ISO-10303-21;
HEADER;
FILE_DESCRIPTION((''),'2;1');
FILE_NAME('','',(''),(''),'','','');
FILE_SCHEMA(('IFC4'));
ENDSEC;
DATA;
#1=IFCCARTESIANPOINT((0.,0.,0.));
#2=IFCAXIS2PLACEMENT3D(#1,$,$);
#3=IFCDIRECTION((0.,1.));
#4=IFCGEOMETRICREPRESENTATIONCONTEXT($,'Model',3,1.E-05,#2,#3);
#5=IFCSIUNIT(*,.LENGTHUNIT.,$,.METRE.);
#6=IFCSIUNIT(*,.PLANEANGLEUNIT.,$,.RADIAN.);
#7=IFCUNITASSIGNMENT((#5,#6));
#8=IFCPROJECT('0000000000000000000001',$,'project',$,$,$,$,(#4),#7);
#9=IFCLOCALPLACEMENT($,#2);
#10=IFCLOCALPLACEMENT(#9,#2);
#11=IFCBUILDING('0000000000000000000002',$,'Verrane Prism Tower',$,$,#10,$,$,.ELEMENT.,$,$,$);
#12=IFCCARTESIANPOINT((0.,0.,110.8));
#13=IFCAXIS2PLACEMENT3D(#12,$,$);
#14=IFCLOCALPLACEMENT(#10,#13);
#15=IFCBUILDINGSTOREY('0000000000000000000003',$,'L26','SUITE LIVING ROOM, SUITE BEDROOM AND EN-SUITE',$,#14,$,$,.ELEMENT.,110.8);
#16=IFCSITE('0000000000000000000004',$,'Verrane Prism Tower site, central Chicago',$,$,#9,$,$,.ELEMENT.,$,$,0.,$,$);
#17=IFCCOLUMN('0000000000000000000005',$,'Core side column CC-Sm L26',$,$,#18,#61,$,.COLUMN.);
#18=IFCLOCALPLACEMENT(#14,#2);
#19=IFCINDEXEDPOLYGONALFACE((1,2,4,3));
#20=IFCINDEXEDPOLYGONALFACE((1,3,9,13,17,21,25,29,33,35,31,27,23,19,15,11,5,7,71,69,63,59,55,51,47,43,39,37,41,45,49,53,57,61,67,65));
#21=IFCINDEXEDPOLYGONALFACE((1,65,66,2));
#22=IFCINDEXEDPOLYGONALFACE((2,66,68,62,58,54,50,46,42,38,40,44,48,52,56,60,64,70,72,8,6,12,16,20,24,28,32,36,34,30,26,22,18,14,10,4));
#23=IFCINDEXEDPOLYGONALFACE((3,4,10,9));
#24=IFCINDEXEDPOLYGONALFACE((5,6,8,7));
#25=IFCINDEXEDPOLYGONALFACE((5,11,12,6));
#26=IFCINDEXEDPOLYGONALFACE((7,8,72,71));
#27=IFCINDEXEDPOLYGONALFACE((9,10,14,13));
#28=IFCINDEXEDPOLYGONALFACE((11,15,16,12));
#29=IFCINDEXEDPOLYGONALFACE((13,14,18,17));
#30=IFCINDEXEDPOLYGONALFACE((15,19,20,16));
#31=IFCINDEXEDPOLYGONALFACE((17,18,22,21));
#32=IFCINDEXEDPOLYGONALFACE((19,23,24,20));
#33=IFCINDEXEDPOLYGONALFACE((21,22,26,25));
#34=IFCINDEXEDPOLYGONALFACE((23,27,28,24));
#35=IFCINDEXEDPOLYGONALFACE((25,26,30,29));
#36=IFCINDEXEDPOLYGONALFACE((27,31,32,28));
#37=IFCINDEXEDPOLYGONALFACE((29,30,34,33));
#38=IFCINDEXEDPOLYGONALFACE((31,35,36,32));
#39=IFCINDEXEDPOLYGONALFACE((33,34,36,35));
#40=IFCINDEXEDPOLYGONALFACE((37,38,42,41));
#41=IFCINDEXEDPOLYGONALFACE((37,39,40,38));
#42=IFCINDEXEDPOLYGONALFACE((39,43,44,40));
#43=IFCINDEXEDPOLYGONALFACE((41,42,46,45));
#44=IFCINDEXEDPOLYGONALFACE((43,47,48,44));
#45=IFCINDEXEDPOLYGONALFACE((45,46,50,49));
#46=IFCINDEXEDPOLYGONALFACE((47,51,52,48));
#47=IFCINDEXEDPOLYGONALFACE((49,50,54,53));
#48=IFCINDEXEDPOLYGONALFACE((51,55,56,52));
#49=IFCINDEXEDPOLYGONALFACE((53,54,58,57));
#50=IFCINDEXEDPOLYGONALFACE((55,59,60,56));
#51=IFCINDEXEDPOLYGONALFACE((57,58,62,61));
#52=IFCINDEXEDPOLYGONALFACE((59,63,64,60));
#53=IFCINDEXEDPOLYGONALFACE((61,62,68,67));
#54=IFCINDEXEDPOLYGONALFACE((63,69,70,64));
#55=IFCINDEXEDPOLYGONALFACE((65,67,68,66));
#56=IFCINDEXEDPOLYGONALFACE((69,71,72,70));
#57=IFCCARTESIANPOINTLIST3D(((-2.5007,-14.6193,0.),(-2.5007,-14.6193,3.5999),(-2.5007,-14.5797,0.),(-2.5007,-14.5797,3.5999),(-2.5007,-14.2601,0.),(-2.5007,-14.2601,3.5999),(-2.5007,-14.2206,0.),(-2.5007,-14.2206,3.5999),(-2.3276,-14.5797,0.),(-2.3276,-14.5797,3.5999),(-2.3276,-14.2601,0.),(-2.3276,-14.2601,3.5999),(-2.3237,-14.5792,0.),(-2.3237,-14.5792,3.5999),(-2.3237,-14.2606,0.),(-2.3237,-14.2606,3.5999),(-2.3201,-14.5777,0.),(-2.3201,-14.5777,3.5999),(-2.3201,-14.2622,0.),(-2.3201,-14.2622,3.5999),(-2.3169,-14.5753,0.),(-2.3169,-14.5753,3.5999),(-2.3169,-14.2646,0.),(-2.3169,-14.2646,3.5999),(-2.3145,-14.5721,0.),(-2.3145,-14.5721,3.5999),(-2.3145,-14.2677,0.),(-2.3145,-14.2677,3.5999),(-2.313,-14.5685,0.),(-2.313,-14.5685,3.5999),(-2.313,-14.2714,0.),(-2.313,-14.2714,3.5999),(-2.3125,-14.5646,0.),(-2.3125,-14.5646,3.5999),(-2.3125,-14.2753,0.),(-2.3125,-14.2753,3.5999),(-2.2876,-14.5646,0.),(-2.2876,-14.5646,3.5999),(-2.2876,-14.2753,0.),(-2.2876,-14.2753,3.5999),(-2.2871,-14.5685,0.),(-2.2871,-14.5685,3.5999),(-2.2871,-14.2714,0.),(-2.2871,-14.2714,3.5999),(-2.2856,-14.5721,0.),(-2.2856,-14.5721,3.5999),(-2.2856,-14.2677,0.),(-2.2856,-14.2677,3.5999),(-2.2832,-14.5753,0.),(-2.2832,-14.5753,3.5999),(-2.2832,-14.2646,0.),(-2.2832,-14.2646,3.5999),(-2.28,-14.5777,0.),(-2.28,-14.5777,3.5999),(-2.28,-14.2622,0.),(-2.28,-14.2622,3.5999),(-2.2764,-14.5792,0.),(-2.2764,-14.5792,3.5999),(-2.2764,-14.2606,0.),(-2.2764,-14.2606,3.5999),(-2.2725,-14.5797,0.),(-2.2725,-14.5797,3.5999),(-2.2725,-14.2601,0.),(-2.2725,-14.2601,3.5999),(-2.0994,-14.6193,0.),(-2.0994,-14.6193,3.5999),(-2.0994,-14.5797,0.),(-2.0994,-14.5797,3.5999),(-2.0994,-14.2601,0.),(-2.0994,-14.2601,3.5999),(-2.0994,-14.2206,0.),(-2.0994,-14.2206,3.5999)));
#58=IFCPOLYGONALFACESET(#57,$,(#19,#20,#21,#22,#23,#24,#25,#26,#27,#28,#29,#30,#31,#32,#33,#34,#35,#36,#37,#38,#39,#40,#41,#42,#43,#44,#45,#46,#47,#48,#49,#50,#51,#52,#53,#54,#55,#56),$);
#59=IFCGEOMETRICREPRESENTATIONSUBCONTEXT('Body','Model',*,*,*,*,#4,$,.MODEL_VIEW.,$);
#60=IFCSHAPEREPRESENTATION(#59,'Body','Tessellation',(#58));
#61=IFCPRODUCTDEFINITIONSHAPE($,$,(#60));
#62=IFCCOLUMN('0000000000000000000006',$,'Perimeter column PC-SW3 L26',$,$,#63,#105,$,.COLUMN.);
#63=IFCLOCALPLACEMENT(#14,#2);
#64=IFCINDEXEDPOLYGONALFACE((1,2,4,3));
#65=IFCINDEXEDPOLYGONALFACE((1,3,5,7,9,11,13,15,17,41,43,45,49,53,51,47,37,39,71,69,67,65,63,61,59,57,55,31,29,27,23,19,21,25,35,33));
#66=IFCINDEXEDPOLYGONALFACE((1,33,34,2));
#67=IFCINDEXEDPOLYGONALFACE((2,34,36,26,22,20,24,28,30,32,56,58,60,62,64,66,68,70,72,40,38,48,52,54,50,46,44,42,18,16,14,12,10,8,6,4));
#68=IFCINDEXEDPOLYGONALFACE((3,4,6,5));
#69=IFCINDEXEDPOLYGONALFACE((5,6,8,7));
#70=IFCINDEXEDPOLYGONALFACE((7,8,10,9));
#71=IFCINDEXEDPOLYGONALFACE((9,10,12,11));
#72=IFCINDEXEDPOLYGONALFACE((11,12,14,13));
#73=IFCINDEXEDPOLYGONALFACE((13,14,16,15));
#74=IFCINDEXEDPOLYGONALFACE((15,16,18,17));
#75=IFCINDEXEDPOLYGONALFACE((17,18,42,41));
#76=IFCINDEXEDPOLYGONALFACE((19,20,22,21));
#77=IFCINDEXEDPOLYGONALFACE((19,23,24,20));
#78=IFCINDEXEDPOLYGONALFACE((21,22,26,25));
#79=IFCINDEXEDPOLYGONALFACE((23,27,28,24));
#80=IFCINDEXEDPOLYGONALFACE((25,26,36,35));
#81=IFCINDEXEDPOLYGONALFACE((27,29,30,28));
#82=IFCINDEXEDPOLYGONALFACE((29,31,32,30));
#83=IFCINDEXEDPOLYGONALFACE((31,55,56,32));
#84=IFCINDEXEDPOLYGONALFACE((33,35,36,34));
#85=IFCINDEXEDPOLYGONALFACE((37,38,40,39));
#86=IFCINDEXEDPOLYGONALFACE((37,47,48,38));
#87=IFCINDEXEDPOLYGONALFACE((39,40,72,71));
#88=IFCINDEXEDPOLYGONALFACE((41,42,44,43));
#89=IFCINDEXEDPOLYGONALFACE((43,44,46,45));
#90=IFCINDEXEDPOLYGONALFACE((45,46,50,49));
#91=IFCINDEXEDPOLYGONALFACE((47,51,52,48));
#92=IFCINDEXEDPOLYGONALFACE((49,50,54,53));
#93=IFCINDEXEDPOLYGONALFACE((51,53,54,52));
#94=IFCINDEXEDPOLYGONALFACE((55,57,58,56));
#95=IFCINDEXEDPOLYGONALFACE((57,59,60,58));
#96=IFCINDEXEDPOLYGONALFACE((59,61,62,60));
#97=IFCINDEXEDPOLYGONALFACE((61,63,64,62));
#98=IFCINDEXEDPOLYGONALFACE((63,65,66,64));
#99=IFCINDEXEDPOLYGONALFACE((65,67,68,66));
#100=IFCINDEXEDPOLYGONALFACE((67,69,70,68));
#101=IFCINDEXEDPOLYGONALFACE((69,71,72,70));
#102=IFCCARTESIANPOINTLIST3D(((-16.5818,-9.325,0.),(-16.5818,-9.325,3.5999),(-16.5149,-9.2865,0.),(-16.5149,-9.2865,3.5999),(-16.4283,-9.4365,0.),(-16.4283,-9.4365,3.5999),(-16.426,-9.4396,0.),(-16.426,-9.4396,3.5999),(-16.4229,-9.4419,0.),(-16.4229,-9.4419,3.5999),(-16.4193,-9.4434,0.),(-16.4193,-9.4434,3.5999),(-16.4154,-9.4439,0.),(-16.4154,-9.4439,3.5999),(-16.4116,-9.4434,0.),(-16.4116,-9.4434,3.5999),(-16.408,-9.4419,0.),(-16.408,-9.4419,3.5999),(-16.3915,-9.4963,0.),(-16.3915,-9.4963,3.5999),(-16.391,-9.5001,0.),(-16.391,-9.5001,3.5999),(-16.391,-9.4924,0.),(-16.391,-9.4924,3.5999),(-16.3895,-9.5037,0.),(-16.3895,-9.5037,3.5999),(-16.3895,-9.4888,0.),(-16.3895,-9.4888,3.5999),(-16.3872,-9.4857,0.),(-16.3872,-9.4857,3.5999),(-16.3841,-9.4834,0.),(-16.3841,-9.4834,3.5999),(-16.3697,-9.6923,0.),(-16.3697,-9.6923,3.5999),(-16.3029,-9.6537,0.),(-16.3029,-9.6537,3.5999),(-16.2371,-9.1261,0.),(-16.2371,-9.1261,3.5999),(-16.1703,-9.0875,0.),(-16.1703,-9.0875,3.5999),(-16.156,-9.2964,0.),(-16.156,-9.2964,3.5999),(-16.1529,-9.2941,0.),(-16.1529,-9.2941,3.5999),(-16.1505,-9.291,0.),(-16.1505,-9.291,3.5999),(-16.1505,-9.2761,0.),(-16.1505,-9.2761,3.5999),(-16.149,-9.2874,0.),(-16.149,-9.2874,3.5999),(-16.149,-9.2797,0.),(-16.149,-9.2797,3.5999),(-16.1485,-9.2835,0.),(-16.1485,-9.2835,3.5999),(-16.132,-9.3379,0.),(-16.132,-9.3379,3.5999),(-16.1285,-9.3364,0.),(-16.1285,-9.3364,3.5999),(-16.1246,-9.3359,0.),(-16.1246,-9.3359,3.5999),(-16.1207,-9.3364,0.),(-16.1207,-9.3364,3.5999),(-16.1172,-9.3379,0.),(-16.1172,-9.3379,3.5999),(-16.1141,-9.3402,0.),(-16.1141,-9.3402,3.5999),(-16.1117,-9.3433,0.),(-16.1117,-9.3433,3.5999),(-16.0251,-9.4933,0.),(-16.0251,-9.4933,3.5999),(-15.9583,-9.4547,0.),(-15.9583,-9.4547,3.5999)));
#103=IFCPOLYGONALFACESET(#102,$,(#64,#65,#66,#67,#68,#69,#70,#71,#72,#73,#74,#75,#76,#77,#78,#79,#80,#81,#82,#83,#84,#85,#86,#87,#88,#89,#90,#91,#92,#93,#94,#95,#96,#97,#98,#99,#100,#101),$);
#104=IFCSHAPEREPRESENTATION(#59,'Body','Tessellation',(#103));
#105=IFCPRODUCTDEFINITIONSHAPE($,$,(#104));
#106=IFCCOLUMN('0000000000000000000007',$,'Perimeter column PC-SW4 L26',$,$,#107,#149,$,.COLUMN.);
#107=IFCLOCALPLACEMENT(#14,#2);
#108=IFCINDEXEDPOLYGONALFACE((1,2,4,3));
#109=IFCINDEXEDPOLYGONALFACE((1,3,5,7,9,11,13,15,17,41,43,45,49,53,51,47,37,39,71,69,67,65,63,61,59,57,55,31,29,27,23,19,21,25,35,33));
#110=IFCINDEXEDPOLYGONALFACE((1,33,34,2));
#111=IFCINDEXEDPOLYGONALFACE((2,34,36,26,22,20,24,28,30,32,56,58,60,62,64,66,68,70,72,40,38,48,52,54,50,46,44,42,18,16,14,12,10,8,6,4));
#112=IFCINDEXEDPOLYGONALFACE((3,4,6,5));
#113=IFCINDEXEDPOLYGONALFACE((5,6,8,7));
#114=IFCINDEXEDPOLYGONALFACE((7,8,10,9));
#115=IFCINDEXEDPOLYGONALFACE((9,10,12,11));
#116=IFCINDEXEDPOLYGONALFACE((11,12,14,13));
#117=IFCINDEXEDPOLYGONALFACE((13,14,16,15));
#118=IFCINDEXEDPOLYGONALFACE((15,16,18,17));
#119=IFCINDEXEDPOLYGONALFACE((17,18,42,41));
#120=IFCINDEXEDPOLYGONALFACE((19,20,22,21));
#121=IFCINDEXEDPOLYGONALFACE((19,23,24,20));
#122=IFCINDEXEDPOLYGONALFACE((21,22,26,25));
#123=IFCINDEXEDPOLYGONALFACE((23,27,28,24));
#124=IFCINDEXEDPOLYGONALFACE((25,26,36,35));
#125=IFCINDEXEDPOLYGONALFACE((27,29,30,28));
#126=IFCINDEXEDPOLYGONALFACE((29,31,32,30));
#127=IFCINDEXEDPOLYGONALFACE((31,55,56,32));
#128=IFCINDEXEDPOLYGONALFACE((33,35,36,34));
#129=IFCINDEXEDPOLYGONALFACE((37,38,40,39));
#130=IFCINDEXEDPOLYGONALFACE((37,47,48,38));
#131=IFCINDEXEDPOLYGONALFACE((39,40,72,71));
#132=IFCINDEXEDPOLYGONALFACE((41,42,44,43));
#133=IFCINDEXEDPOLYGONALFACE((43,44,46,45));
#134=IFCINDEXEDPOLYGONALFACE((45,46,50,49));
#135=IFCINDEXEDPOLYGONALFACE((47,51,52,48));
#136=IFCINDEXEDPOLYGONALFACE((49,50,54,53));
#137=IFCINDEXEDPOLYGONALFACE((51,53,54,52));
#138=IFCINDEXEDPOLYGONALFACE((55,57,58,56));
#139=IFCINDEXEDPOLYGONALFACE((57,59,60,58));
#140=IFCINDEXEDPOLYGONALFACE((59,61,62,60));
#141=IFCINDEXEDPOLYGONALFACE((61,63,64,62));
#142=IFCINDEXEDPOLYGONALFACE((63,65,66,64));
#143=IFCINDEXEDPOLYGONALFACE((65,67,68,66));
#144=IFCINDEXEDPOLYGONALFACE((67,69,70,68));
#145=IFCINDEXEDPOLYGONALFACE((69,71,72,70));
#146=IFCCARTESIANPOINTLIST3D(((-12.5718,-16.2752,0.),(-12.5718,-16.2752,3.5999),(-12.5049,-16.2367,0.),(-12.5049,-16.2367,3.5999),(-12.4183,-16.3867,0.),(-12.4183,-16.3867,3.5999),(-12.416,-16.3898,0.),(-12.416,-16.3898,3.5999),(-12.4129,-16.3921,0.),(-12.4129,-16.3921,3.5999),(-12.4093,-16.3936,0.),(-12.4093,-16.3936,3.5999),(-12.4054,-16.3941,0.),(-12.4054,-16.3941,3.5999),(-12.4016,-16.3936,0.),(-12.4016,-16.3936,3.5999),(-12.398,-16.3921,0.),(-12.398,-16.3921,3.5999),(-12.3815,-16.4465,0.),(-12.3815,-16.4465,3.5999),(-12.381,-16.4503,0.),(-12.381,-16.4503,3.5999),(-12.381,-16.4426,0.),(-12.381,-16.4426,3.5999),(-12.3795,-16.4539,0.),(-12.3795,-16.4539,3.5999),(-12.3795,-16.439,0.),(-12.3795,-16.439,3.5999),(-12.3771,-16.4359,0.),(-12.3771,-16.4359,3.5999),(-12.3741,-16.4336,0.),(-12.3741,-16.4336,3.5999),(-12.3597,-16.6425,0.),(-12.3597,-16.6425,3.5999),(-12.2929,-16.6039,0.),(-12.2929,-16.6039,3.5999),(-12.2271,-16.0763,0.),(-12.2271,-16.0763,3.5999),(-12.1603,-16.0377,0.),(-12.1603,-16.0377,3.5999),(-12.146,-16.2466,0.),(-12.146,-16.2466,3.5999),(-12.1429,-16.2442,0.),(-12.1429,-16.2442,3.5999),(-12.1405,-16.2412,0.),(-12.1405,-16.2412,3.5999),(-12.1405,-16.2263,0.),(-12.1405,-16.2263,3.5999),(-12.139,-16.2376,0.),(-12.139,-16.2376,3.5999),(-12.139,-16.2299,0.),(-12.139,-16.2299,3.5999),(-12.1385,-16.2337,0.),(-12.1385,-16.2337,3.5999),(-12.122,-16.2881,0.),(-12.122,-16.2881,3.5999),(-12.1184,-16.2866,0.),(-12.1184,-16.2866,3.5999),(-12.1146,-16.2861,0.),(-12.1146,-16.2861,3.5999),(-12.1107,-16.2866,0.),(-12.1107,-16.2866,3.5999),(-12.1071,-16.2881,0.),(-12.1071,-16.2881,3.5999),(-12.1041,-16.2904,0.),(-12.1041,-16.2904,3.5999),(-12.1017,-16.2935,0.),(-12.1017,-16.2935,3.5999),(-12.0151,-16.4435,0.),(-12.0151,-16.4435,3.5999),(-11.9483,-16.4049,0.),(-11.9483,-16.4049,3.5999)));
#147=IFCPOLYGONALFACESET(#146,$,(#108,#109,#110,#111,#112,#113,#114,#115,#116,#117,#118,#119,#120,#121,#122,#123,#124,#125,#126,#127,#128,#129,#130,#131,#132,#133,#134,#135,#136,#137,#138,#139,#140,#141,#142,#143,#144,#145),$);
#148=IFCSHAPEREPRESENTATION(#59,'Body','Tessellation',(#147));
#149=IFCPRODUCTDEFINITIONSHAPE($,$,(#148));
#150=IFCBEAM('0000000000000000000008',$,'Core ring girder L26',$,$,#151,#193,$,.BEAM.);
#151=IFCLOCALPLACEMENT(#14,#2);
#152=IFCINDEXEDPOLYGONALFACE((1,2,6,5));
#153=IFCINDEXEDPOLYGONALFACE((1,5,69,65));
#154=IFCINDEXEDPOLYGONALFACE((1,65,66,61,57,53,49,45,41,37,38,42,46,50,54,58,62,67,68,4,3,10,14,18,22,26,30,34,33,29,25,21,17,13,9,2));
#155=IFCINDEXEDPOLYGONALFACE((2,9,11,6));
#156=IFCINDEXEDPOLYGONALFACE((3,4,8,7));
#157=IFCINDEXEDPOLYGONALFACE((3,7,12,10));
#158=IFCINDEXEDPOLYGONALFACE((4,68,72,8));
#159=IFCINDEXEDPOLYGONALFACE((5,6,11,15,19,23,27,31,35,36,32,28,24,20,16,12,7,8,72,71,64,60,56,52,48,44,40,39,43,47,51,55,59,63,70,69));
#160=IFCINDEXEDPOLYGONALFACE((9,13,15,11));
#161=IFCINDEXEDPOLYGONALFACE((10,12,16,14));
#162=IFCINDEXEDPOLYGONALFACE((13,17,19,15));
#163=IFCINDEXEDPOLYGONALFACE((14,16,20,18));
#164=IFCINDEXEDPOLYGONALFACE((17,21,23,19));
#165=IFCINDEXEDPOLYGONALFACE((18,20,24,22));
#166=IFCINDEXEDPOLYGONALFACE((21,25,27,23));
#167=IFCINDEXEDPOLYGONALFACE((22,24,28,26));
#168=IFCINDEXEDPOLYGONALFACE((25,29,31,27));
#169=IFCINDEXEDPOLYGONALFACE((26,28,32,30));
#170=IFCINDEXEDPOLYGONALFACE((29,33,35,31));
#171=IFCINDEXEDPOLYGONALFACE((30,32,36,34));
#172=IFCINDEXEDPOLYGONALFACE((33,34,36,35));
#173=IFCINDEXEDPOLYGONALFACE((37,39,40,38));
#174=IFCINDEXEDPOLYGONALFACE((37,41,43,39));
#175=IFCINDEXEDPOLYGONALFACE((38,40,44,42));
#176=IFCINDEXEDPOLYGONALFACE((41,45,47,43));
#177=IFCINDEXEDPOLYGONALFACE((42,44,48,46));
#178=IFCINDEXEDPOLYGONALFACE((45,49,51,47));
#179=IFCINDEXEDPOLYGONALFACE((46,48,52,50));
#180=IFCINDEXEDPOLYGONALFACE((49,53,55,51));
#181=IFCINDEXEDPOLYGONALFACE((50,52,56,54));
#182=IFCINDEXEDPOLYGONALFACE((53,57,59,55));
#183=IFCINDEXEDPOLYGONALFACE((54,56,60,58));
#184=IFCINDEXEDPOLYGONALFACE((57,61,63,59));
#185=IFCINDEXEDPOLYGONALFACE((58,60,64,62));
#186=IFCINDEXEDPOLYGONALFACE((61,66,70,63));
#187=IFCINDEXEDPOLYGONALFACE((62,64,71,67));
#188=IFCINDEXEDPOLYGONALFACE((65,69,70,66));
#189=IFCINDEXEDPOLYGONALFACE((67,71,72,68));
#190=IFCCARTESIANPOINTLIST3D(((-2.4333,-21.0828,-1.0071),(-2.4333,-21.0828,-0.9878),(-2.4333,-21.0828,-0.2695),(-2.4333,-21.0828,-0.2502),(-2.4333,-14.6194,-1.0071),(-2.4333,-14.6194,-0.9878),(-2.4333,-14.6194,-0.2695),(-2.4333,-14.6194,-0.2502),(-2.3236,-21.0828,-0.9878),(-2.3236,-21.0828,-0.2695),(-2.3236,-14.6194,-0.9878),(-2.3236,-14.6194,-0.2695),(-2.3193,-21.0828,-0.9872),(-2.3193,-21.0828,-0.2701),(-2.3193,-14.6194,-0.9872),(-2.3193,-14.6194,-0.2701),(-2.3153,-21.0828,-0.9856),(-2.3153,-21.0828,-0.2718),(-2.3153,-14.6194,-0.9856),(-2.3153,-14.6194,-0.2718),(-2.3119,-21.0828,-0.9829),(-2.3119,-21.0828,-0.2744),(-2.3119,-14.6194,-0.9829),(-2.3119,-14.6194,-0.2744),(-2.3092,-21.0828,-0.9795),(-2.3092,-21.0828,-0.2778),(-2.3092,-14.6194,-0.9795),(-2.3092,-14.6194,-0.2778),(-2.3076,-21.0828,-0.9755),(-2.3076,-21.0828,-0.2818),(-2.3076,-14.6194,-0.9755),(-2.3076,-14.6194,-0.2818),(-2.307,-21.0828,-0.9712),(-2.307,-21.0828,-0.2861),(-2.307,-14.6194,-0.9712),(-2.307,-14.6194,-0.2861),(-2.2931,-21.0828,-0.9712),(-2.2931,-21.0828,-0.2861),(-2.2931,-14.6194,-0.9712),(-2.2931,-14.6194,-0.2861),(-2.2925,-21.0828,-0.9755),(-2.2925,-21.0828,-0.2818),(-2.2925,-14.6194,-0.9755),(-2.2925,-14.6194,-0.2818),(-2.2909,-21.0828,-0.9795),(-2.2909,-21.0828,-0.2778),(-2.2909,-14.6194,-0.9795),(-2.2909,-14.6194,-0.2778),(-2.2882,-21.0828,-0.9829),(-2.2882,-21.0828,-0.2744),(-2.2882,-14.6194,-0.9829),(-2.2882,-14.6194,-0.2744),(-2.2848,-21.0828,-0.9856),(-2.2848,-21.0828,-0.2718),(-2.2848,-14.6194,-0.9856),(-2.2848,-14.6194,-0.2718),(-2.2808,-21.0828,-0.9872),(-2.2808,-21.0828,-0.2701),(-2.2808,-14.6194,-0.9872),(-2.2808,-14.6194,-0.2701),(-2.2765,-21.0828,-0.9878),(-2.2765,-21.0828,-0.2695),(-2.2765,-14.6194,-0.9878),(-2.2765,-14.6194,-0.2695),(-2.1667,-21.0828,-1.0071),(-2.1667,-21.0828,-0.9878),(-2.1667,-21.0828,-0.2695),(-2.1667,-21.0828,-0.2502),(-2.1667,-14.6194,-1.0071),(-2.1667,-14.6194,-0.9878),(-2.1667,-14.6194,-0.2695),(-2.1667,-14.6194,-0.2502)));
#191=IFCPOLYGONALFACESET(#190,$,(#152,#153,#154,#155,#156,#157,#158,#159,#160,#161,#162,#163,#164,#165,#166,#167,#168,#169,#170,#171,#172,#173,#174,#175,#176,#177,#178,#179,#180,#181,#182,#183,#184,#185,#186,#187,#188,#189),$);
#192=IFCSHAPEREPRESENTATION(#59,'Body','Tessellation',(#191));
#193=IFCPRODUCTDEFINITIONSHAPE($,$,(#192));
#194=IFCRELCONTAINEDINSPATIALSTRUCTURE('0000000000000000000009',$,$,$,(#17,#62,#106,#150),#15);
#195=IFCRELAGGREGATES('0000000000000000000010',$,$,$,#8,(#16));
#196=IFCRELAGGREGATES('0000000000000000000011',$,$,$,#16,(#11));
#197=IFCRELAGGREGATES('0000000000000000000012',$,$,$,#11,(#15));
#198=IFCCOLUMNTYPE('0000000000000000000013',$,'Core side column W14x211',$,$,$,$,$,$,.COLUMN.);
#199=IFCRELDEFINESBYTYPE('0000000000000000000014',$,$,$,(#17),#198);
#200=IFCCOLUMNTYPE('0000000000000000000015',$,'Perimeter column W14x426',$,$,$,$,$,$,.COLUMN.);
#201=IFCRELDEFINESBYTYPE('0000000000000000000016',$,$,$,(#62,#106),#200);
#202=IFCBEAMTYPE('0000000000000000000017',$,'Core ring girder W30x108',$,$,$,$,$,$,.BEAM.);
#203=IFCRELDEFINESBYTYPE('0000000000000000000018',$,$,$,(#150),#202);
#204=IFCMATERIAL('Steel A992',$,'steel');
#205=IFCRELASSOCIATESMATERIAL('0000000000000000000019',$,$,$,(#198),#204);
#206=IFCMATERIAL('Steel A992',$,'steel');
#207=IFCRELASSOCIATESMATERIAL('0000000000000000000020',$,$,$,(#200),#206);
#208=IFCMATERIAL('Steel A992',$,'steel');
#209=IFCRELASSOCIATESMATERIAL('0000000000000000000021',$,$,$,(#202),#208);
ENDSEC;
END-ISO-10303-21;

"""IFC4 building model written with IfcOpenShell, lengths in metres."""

from ifc_helpers import new_model, si_unit, direction, frame, origin, origin_2d, place, context, subcontext, project, spatial, i_section, extrude, material, material_profile, profile_set, type_object, element, save


model = new_model("IFC4")

# Units and contexts
model_context = context("Model", 3, precision=1e-05, world=origin(), true_north=direction((0.0, 1.0)))
body_context = subcontext(model_context, "Body", "Model", "MODEL_VIEW")
ifc_project = project(units=[si_unit("LENGTHUNIT", "METRE"), si_unit("PLANEANGLEUNIT", "RADIAN")], contexts=[model_context])

# Site, building, storey
site_placement = place(None, origin())
site = spatial("IfcSite", under=ifc_project, at=site_placement, Name="Verrane Prism Tower site, central Chicago", CompositionType="ELEMENT", RefElevation=0.0)
building_placement = place(site_placement, origin())
building = spatial("IfcBuilding", under=site, at=building_placement, Name="Verrane Prism Tower", CompositionType="ELEMENT")
storey_placement = place(building_placement, frame((0.0, 0.0, 110.8)))
storey = spatial("IfcBuildingStorey", under=building, at=storey_placement, Name="L26", Description="SUITE LIVING ROOM, SUITE BEDROOM AND EN-SUITE", CompositionType="ELEMENT", Elevation=110.8)

# Columns
ifc_material_1 = material(Name="Steel A992", Category="steel")
ifc_material_profile_1 = material_profile(ifc_material_1, i_section(OverallWidth=0.4014, OverallDepth=0.3987, WebThickness=0.0249, FlangeThickness=0.0396, FilletRadius=0.0151, at=origin_2d()), Name="W14x211")
ifc_profile_set_1 = profile_set([ifc_material_profile_1], Name="Steel A992")
column_type_1 = type_object("IfcColumnType", Name="Core side column W14x211", PredefinedType="COLUMN", material=ifc_profile_set_1)
column_placement = place(storey_placement, frame((-2.3, -14.4199, 0.0), z_axis=(0.0, 0.0, 1.0), x_axis=(1.0, 0.0, 0.0)))
element("IfcColumn", 1, at=column_placement, inside=storey, type_object=column_type_1, Name="Core side column CC-Sm L26", PredefinedType="COLUMN", context=body_context, shape_type="SweptSolid", body=[
    extrude(i_section(OverallWidth=0.4014, OverallDepth=0.3987, WebThickness=0.0249, FlangeThickness=0.0396, FilletRadius=0.0151, at=origin_2d()), origin(), (0.0, 0.0, 1.0), 3.5999),
])
ifc_material_2 = material(Name="Steel A992", Category="steel")
ifc_material_profile_2 = material_profile(ifc_material_2, i_section(OverallWidth=0.4241, OverallDepth=0.4751, WebThickness=0.0479, FlangeThickness=0.0771, FilletRadius=0.0149, at=origin_2d()), Name="W14x426")
ifc_profile_set_2 = profile_set([ifc_material_profile_2], Name="Steel A992")
column_type_2 = type_object("IfcColumnType", Name="Perimeter column W14x426", PredefinedType="COLUMN", material=ifc_profile_set_2)
for number, where, z_axis, x_axis, name in (
    (2, (-16.27, -9.3899, 0.0), (0.0, 0.0, 1.0), (-0.5, 0.866025, 0.0), "Perimeter column PC-SW3 L26"),
    (3, (-12.26, -16.3401, 0.0), (0.0, 0.0, 1.0), (-0.5, 0.866025, 0.0), "Perimeter column PC-SW4 L26"),
):
    element("IfcColumn", number, at=place(storey_placement, frame(where, z_axis=z_axis, x_axis=x_axis)), inside=storey, type_object=column_type_2, Name=name, PredefinedType="COLUMN", context=body_context, shape_type="SweptSolid", body=[
        extrude(i_section(OverallWidth=0.4241, OverallDepth=0.4751, WebThickness=0.0479, FlangeThickness=0.0771, FilletRadius=0.0149, at=origin_2d()), origin(), (0.0, 0.0, 1.0), 3.5999),
    ])

# Beam
ifc_material_3 = material(Name="Steel A992", Category="steel")
ifc_material_profile_3 = material_profile(ifc_material_3, i_section(OverallWidth=0.2666, OverallDepth=0.7568, WebThickness=0.0139, FlangeThickness=0.0193, FilletRadius=0.0166, at=origin_2d()), Name="W30x108")
ifc_profile_set_3 = profile_set([ifc_material_profile_3], Name="Steel A992")
beam_type_1 = type_object("IfcBeamType", Name="Core ring girder W30x108", PredefinedType="BEAM", material=ifc_profile_set_3)
beam_1_placement = place(storey_placement, frame((-2.3, -14.6194, -0.6287), z_axis=(0.0, -1.0, 0.0), x_axis=(1.0, 0.0, 0.0)))
element("IfcBeam", 4, at=beam_1_placement, inside=storey, type_object=beam_type_1, Name="Core ring girder L26", PredefinedType="BEAM", context=body_context, shape_type="SweptSolid", body=[
    extrude(i_section(OverallWidth=0.2666, OverallDepth=0.7568, WebThickness=0.0139, FlangeThickness=0.0193, FilletRadius=0.0166, at=origin_2d()), origin(), (0.0, 0.0, 1.0), 6.4634),
])

save(model, "model.ifc")
